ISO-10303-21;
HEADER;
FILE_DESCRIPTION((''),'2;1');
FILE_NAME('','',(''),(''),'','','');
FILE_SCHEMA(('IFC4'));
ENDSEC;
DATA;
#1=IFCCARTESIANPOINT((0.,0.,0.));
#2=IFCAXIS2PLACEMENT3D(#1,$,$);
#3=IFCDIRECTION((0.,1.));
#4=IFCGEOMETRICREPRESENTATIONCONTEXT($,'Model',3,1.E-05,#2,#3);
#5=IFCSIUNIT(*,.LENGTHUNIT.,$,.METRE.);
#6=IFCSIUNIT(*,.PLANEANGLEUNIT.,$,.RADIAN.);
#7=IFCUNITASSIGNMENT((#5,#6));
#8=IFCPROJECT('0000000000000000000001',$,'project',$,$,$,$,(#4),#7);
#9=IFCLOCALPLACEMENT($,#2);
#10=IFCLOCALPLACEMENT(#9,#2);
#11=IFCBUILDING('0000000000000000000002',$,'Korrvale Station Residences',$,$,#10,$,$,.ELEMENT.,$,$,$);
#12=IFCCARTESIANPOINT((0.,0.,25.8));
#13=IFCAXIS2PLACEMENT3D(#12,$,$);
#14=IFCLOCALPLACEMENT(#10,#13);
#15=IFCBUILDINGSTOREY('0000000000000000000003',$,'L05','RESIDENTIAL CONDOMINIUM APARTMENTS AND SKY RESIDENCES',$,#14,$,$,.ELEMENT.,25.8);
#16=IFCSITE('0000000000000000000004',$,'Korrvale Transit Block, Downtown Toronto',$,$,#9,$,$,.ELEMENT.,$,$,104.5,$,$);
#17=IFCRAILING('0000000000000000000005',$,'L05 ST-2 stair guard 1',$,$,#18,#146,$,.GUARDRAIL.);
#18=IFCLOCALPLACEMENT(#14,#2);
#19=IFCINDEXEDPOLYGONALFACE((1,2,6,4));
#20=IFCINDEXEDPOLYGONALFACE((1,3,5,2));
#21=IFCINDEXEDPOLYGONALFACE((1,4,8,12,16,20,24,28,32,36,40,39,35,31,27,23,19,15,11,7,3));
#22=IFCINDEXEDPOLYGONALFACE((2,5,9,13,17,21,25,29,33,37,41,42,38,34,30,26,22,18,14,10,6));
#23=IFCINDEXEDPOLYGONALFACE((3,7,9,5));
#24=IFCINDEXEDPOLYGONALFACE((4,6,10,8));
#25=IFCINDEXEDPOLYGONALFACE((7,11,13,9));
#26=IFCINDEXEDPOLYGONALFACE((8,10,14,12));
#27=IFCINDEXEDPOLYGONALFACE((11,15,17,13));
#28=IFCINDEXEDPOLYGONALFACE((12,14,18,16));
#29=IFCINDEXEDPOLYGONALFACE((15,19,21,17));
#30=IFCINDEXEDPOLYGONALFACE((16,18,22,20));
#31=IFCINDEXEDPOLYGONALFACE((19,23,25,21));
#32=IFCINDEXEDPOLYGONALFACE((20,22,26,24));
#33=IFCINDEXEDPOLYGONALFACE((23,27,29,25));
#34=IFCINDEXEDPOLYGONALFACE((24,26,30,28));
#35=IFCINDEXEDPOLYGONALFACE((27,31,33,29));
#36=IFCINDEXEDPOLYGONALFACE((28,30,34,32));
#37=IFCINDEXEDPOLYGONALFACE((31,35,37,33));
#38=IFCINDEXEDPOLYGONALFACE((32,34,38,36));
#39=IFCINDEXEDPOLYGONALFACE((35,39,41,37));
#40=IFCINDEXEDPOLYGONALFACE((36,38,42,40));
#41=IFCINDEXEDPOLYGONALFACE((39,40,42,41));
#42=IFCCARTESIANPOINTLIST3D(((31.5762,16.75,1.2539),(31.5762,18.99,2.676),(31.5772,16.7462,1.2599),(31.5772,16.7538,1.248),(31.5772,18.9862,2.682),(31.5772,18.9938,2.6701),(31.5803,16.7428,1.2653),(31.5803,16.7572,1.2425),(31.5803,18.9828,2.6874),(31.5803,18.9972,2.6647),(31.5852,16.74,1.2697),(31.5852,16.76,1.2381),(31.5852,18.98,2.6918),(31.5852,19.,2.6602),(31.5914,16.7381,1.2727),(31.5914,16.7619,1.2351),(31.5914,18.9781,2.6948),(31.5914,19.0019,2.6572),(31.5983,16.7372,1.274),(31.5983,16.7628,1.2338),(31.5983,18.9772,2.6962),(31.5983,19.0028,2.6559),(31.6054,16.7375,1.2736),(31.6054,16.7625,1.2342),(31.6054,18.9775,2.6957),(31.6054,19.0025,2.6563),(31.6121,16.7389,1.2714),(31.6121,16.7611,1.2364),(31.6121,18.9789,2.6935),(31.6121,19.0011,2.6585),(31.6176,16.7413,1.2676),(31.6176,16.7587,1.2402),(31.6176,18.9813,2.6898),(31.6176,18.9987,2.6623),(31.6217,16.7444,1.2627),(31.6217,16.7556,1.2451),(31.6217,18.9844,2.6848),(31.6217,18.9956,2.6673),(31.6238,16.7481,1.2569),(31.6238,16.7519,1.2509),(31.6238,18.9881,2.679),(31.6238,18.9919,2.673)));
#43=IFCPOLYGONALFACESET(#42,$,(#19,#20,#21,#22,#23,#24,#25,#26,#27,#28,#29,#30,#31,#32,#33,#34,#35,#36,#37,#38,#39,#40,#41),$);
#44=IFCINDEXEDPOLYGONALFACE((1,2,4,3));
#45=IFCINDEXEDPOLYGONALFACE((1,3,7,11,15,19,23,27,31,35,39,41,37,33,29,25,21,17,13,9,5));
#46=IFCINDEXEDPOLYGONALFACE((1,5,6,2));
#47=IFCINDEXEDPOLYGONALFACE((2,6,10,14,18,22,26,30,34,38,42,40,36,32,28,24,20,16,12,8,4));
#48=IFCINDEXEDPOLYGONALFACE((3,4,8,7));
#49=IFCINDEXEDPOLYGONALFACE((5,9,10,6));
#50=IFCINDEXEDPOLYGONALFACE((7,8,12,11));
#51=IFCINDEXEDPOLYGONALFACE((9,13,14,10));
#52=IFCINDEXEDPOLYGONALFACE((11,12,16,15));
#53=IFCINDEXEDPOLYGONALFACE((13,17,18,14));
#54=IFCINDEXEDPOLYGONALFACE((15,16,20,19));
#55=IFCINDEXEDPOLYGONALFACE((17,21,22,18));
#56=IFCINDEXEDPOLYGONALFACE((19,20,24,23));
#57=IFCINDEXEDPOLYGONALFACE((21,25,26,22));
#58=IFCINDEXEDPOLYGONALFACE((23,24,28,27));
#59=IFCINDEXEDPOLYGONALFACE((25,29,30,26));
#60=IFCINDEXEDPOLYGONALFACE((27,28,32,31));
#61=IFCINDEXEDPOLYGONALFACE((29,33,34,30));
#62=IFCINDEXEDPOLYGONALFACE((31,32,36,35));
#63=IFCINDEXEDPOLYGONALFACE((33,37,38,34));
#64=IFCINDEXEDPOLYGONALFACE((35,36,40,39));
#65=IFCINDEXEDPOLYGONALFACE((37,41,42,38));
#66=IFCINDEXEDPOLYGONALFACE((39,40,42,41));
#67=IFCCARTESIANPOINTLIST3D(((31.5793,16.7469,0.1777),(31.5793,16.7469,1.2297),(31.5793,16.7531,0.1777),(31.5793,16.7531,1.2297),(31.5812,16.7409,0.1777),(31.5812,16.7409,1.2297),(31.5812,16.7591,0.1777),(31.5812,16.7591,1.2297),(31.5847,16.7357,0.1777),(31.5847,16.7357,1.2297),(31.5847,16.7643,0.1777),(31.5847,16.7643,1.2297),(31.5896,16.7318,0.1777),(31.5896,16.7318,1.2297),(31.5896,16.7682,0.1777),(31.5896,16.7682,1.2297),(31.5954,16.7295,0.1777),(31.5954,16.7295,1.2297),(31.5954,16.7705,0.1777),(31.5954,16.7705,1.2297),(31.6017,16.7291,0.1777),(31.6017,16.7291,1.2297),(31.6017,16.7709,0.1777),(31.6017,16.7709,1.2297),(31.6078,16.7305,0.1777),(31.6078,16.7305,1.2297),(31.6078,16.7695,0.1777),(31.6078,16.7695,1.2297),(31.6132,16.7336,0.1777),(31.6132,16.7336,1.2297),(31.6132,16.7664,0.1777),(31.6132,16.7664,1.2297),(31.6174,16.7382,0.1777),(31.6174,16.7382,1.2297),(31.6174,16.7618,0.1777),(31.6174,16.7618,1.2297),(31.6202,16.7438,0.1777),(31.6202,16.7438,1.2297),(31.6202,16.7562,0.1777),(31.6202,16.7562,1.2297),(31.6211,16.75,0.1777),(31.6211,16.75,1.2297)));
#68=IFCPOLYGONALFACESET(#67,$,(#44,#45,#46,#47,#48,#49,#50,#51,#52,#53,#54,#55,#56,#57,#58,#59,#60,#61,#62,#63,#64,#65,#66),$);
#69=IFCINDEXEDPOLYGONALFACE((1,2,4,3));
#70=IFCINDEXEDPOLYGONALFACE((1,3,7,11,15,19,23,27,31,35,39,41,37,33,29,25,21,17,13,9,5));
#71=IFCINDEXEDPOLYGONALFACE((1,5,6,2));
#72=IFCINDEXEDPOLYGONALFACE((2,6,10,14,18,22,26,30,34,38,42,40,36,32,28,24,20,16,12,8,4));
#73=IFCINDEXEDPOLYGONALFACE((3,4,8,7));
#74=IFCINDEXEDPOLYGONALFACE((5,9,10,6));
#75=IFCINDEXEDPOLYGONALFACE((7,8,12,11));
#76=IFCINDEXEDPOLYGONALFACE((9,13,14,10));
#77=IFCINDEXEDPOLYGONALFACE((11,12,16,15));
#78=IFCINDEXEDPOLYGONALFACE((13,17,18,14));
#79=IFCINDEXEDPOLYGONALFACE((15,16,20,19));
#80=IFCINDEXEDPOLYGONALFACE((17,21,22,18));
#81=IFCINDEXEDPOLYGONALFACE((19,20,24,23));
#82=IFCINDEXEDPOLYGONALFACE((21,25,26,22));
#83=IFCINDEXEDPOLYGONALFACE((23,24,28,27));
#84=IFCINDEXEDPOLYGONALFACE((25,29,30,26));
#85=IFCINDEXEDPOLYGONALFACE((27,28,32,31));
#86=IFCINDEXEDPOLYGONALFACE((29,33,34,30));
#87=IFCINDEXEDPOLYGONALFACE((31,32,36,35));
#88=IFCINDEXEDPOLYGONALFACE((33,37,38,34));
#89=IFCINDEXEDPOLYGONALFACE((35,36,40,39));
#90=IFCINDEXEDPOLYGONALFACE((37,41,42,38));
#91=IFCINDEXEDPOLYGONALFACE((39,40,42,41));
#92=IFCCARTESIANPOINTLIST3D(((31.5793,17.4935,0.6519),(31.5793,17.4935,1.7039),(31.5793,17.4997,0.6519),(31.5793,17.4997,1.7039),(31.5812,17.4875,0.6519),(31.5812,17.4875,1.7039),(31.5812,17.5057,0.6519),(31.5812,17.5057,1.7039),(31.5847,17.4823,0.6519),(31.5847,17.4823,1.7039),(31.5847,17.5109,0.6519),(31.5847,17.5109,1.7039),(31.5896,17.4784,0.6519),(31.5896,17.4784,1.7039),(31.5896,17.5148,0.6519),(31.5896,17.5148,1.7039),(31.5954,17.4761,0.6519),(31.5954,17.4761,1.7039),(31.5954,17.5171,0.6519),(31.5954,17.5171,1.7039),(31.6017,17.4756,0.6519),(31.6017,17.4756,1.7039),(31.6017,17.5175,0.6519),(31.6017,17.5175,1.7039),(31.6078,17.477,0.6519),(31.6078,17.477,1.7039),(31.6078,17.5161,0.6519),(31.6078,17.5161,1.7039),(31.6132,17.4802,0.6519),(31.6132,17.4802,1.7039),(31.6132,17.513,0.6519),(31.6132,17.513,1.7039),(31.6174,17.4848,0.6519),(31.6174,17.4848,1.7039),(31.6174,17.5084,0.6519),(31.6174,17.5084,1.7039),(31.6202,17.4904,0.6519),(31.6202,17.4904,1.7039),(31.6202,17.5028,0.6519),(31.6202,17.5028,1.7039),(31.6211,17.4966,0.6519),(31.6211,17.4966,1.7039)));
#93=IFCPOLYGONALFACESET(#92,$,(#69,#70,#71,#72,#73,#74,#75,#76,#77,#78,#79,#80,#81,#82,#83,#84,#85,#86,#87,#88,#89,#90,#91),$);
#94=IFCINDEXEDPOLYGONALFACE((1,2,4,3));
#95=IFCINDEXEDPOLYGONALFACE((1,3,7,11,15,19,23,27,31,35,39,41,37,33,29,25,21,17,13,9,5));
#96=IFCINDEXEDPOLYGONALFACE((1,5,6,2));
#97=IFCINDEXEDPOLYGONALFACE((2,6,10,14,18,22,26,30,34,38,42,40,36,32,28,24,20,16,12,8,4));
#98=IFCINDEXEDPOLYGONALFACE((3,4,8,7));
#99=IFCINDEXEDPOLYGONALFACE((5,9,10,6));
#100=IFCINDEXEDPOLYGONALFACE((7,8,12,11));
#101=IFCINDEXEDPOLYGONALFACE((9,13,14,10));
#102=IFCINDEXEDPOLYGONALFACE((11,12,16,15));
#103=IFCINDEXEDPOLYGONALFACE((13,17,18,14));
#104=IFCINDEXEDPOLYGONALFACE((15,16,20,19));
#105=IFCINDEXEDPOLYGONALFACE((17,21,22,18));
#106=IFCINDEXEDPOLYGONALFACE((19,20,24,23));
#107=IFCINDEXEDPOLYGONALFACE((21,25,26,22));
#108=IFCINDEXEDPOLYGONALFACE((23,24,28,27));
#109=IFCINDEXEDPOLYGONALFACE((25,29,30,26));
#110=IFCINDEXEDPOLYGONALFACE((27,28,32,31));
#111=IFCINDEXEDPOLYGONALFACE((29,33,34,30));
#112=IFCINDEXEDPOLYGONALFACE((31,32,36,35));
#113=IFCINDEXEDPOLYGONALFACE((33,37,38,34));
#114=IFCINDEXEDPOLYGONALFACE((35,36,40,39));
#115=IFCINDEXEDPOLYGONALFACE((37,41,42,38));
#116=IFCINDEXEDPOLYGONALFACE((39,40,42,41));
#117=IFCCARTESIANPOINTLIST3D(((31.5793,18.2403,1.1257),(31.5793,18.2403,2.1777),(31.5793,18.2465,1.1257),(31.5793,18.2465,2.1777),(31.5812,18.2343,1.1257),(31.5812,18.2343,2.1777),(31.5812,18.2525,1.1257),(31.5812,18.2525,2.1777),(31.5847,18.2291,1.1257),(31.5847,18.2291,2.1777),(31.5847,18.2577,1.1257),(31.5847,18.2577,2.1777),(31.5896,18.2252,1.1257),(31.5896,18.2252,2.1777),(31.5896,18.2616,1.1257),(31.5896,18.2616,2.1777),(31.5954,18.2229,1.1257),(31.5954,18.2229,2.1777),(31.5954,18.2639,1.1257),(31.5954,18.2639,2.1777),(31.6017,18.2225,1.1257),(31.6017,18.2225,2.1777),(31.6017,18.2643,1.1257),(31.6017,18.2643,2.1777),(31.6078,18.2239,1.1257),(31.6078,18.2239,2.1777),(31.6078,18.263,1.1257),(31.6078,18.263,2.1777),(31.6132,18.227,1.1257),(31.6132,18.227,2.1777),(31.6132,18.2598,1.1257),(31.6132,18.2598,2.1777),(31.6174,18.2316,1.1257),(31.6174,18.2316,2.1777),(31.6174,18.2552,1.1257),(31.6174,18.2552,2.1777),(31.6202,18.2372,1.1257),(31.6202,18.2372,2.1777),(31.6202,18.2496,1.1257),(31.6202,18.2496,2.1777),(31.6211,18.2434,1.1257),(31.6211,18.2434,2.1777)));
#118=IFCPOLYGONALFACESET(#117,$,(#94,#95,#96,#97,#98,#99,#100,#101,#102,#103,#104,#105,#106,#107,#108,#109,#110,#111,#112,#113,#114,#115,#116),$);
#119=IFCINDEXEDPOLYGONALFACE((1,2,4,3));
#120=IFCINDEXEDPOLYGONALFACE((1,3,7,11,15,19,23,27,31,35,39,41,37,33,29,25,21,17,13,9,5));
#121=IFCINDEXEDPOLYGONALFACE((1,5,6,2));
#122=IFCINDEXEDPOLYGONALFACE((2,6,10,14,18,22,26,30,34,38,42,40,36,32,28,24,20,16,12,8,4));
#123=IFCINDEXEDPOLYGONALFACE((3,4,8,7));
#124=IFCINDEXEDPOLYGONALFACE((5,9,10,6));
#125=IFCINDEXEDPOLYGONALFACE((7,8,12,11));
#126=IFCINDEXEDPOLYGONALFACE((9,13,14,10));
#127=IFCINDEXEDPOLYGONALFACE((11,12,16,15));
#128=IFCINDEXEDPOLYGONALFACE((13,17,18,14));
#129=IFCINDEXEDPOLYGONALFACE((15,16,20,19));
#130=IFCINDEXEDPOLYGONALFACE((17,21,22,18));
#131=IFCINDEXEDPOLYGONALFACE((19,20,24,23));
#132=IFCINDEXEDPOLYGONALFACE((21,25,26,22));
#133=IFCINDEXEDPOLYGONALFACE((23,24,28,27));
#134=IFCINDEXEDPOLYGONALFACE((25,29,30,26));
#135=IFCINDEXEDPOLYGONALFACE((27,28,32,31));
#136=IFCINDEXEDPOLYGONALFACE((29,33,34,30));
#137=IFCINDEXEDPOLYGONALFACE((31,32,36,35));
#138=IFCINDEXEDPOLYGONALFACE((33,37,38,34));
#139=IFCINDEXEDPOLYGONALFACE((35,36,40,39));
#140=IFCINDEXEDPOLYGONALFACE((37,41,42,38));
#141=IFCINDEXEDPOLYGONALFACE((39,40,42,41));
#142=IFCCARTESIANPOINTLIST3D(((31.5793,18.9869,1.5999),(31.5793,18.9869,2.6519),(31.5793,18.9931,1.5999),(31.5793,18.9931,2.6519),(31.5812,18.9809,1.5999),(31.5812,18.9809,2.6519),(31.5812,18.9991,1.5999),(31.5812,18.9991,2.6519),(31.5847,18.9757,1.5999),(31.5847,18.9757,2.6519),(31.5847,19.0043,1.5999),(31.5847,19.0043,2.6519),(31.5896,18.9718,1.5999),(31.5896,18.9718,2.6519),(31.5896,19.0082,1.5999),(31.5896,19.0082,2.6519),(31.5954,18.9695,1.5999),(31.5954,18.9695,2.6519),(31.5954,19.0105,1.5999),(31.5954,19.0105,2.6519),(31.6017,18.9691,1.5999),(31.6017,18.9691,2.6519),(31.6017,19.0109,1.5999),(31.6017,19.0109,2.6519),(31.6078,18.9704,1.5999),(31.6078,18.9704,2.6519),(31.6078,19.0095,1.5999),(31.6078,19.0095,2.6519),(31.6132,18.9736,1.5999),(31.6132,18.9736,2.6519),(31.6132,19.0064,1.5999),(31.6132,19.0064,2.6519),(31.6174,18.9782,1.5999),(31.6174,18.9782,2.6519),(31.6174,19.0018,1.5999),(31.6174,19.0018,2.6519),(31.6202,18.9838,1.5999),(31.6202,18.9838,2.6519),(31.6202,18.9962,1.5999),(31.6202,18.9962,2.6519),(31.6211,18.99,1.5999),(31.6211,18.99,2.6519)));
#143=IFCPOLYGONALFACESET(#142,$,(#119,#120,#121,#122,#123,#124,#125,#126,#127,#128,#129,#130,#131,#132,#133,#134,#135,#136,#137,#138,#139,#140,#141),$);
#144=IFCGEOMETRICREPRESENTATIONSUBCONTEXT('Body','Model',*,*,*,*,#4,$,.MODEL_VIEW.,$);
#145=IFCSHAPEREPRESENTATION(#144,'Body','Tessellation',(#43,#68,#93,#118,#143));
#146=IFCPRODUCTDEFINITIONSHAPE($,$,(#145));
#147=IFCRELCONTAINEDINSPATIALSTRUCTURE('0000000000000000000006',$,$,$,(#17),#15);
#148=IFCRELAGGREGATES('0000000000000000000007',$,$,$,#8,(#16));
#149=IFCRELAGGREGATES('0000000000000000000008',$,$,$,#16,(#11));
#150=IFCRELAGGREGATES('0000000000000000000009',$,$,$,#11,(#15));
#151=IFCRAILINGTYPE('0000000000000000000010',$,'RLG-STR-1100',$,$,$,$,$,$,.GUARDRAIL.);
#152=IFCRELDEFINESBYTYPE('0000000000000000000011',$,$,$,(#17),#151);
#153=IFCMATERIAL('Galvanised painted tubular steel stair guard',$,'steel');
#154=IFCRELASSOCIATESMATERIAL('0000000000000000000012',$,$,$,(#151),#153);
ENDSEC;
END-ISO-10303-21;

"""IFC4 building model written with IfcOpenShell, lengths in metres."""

from ifc_helpers import new_model, si_unit, direction, frame, origin, origin_2d, place, context, subcontext, project, spatial, circle, extrude, material, type_object, element, save


model = new_model("IFC4")

# Units and contexts
model_context = context("Model", 3, precision=1e-05, world=origin(), true_north=direction((0.0, 1.0)))
body_context = subcontext(model_context, "Body", "Model", "MODEL_VIEW")
ifc_project = project(units=[si_unit("LENGTHUNIT", "METRE"), si_unit("PLANEANGLEUNIT", "RADIAN")], contexts=[model_context])

# Site, building, storey
site_placement = place(None, origin())
site = spatial("IfcSite", under=ifc_project, at=site_placement, Name="Korrvale Transit Block, Downtown Toronto", CompositionType="ELEMENT", RefElevation=104.5)
building_placement = place(site_placement, origin())
building = spatial("IfcBuilding", under=site, at=building_placement, Name="Korrvale Station Residences", CompositionType="ELEMENT")
storey_placement = place(building_placement, frame((0.0, 0.0, 25.8)))
storey = spatial("IfcBuildingStorey", under=building, at=storey_placement, Name="L05", Description="RESIDENTIAL CONDOMINIUM APARTMENTS AND SKY RESIDENCES", CompositionType="ELEMENT", Elevation=25.8)

# Railing
ifc_material_1 = material(Name="Galvanised painted tubular steel stair guard", Category="steel")
railing_type_1 = type_object("IfcRailingType", Name="RLG-STR-1100", PredefinedType="GUARDRAIL", material=ifc_material_1)
railing_1_placement = place(storey_placement, frame((31.6001, 16.75, 0.1777)))
element("IfcRailing", 1, at=railing_1_placement, inside=storey, type_object=railing_type_1, Name="L05 ST-2 stair guard 1", PredefinedType="GUARDRAIL", context=body_context, shape_type="SweptSolid", body=[
    extrude(circle(Radius=0.0239, at=origin_2d()), frame((0.0, 0.0, 1.0762), z_axis=(0.0, 0.844229, 0.535982), x_axis=(-1.0, 0.0, 0.0)), (0.0, 0.0, 1.0), 2.6533),
    extrude(circle(Radius=0.021, at=origin_2d()), origin(), (0.0, 0.0, 1.0), 1.052),
    extrude(circle(Radius=0.021, at=origin_2d()), frame((0.0, 0.7466, 0.4741)), (0.0, 0.0, 1.0), 1.052),
    extrude(circle(Radius=0.021, at=origin_2d()), frame((0.0, 1.4934, 0.948)), (0.0, 0.0, 1.0), 1.052),
    extrude(circle(Radius=0.021, at=origin_2d()), frame((0.0, 2.24, 1.4221)), (0.0, 0.0, 1.0), 1.052),
])

save(model, "model.ifc")
